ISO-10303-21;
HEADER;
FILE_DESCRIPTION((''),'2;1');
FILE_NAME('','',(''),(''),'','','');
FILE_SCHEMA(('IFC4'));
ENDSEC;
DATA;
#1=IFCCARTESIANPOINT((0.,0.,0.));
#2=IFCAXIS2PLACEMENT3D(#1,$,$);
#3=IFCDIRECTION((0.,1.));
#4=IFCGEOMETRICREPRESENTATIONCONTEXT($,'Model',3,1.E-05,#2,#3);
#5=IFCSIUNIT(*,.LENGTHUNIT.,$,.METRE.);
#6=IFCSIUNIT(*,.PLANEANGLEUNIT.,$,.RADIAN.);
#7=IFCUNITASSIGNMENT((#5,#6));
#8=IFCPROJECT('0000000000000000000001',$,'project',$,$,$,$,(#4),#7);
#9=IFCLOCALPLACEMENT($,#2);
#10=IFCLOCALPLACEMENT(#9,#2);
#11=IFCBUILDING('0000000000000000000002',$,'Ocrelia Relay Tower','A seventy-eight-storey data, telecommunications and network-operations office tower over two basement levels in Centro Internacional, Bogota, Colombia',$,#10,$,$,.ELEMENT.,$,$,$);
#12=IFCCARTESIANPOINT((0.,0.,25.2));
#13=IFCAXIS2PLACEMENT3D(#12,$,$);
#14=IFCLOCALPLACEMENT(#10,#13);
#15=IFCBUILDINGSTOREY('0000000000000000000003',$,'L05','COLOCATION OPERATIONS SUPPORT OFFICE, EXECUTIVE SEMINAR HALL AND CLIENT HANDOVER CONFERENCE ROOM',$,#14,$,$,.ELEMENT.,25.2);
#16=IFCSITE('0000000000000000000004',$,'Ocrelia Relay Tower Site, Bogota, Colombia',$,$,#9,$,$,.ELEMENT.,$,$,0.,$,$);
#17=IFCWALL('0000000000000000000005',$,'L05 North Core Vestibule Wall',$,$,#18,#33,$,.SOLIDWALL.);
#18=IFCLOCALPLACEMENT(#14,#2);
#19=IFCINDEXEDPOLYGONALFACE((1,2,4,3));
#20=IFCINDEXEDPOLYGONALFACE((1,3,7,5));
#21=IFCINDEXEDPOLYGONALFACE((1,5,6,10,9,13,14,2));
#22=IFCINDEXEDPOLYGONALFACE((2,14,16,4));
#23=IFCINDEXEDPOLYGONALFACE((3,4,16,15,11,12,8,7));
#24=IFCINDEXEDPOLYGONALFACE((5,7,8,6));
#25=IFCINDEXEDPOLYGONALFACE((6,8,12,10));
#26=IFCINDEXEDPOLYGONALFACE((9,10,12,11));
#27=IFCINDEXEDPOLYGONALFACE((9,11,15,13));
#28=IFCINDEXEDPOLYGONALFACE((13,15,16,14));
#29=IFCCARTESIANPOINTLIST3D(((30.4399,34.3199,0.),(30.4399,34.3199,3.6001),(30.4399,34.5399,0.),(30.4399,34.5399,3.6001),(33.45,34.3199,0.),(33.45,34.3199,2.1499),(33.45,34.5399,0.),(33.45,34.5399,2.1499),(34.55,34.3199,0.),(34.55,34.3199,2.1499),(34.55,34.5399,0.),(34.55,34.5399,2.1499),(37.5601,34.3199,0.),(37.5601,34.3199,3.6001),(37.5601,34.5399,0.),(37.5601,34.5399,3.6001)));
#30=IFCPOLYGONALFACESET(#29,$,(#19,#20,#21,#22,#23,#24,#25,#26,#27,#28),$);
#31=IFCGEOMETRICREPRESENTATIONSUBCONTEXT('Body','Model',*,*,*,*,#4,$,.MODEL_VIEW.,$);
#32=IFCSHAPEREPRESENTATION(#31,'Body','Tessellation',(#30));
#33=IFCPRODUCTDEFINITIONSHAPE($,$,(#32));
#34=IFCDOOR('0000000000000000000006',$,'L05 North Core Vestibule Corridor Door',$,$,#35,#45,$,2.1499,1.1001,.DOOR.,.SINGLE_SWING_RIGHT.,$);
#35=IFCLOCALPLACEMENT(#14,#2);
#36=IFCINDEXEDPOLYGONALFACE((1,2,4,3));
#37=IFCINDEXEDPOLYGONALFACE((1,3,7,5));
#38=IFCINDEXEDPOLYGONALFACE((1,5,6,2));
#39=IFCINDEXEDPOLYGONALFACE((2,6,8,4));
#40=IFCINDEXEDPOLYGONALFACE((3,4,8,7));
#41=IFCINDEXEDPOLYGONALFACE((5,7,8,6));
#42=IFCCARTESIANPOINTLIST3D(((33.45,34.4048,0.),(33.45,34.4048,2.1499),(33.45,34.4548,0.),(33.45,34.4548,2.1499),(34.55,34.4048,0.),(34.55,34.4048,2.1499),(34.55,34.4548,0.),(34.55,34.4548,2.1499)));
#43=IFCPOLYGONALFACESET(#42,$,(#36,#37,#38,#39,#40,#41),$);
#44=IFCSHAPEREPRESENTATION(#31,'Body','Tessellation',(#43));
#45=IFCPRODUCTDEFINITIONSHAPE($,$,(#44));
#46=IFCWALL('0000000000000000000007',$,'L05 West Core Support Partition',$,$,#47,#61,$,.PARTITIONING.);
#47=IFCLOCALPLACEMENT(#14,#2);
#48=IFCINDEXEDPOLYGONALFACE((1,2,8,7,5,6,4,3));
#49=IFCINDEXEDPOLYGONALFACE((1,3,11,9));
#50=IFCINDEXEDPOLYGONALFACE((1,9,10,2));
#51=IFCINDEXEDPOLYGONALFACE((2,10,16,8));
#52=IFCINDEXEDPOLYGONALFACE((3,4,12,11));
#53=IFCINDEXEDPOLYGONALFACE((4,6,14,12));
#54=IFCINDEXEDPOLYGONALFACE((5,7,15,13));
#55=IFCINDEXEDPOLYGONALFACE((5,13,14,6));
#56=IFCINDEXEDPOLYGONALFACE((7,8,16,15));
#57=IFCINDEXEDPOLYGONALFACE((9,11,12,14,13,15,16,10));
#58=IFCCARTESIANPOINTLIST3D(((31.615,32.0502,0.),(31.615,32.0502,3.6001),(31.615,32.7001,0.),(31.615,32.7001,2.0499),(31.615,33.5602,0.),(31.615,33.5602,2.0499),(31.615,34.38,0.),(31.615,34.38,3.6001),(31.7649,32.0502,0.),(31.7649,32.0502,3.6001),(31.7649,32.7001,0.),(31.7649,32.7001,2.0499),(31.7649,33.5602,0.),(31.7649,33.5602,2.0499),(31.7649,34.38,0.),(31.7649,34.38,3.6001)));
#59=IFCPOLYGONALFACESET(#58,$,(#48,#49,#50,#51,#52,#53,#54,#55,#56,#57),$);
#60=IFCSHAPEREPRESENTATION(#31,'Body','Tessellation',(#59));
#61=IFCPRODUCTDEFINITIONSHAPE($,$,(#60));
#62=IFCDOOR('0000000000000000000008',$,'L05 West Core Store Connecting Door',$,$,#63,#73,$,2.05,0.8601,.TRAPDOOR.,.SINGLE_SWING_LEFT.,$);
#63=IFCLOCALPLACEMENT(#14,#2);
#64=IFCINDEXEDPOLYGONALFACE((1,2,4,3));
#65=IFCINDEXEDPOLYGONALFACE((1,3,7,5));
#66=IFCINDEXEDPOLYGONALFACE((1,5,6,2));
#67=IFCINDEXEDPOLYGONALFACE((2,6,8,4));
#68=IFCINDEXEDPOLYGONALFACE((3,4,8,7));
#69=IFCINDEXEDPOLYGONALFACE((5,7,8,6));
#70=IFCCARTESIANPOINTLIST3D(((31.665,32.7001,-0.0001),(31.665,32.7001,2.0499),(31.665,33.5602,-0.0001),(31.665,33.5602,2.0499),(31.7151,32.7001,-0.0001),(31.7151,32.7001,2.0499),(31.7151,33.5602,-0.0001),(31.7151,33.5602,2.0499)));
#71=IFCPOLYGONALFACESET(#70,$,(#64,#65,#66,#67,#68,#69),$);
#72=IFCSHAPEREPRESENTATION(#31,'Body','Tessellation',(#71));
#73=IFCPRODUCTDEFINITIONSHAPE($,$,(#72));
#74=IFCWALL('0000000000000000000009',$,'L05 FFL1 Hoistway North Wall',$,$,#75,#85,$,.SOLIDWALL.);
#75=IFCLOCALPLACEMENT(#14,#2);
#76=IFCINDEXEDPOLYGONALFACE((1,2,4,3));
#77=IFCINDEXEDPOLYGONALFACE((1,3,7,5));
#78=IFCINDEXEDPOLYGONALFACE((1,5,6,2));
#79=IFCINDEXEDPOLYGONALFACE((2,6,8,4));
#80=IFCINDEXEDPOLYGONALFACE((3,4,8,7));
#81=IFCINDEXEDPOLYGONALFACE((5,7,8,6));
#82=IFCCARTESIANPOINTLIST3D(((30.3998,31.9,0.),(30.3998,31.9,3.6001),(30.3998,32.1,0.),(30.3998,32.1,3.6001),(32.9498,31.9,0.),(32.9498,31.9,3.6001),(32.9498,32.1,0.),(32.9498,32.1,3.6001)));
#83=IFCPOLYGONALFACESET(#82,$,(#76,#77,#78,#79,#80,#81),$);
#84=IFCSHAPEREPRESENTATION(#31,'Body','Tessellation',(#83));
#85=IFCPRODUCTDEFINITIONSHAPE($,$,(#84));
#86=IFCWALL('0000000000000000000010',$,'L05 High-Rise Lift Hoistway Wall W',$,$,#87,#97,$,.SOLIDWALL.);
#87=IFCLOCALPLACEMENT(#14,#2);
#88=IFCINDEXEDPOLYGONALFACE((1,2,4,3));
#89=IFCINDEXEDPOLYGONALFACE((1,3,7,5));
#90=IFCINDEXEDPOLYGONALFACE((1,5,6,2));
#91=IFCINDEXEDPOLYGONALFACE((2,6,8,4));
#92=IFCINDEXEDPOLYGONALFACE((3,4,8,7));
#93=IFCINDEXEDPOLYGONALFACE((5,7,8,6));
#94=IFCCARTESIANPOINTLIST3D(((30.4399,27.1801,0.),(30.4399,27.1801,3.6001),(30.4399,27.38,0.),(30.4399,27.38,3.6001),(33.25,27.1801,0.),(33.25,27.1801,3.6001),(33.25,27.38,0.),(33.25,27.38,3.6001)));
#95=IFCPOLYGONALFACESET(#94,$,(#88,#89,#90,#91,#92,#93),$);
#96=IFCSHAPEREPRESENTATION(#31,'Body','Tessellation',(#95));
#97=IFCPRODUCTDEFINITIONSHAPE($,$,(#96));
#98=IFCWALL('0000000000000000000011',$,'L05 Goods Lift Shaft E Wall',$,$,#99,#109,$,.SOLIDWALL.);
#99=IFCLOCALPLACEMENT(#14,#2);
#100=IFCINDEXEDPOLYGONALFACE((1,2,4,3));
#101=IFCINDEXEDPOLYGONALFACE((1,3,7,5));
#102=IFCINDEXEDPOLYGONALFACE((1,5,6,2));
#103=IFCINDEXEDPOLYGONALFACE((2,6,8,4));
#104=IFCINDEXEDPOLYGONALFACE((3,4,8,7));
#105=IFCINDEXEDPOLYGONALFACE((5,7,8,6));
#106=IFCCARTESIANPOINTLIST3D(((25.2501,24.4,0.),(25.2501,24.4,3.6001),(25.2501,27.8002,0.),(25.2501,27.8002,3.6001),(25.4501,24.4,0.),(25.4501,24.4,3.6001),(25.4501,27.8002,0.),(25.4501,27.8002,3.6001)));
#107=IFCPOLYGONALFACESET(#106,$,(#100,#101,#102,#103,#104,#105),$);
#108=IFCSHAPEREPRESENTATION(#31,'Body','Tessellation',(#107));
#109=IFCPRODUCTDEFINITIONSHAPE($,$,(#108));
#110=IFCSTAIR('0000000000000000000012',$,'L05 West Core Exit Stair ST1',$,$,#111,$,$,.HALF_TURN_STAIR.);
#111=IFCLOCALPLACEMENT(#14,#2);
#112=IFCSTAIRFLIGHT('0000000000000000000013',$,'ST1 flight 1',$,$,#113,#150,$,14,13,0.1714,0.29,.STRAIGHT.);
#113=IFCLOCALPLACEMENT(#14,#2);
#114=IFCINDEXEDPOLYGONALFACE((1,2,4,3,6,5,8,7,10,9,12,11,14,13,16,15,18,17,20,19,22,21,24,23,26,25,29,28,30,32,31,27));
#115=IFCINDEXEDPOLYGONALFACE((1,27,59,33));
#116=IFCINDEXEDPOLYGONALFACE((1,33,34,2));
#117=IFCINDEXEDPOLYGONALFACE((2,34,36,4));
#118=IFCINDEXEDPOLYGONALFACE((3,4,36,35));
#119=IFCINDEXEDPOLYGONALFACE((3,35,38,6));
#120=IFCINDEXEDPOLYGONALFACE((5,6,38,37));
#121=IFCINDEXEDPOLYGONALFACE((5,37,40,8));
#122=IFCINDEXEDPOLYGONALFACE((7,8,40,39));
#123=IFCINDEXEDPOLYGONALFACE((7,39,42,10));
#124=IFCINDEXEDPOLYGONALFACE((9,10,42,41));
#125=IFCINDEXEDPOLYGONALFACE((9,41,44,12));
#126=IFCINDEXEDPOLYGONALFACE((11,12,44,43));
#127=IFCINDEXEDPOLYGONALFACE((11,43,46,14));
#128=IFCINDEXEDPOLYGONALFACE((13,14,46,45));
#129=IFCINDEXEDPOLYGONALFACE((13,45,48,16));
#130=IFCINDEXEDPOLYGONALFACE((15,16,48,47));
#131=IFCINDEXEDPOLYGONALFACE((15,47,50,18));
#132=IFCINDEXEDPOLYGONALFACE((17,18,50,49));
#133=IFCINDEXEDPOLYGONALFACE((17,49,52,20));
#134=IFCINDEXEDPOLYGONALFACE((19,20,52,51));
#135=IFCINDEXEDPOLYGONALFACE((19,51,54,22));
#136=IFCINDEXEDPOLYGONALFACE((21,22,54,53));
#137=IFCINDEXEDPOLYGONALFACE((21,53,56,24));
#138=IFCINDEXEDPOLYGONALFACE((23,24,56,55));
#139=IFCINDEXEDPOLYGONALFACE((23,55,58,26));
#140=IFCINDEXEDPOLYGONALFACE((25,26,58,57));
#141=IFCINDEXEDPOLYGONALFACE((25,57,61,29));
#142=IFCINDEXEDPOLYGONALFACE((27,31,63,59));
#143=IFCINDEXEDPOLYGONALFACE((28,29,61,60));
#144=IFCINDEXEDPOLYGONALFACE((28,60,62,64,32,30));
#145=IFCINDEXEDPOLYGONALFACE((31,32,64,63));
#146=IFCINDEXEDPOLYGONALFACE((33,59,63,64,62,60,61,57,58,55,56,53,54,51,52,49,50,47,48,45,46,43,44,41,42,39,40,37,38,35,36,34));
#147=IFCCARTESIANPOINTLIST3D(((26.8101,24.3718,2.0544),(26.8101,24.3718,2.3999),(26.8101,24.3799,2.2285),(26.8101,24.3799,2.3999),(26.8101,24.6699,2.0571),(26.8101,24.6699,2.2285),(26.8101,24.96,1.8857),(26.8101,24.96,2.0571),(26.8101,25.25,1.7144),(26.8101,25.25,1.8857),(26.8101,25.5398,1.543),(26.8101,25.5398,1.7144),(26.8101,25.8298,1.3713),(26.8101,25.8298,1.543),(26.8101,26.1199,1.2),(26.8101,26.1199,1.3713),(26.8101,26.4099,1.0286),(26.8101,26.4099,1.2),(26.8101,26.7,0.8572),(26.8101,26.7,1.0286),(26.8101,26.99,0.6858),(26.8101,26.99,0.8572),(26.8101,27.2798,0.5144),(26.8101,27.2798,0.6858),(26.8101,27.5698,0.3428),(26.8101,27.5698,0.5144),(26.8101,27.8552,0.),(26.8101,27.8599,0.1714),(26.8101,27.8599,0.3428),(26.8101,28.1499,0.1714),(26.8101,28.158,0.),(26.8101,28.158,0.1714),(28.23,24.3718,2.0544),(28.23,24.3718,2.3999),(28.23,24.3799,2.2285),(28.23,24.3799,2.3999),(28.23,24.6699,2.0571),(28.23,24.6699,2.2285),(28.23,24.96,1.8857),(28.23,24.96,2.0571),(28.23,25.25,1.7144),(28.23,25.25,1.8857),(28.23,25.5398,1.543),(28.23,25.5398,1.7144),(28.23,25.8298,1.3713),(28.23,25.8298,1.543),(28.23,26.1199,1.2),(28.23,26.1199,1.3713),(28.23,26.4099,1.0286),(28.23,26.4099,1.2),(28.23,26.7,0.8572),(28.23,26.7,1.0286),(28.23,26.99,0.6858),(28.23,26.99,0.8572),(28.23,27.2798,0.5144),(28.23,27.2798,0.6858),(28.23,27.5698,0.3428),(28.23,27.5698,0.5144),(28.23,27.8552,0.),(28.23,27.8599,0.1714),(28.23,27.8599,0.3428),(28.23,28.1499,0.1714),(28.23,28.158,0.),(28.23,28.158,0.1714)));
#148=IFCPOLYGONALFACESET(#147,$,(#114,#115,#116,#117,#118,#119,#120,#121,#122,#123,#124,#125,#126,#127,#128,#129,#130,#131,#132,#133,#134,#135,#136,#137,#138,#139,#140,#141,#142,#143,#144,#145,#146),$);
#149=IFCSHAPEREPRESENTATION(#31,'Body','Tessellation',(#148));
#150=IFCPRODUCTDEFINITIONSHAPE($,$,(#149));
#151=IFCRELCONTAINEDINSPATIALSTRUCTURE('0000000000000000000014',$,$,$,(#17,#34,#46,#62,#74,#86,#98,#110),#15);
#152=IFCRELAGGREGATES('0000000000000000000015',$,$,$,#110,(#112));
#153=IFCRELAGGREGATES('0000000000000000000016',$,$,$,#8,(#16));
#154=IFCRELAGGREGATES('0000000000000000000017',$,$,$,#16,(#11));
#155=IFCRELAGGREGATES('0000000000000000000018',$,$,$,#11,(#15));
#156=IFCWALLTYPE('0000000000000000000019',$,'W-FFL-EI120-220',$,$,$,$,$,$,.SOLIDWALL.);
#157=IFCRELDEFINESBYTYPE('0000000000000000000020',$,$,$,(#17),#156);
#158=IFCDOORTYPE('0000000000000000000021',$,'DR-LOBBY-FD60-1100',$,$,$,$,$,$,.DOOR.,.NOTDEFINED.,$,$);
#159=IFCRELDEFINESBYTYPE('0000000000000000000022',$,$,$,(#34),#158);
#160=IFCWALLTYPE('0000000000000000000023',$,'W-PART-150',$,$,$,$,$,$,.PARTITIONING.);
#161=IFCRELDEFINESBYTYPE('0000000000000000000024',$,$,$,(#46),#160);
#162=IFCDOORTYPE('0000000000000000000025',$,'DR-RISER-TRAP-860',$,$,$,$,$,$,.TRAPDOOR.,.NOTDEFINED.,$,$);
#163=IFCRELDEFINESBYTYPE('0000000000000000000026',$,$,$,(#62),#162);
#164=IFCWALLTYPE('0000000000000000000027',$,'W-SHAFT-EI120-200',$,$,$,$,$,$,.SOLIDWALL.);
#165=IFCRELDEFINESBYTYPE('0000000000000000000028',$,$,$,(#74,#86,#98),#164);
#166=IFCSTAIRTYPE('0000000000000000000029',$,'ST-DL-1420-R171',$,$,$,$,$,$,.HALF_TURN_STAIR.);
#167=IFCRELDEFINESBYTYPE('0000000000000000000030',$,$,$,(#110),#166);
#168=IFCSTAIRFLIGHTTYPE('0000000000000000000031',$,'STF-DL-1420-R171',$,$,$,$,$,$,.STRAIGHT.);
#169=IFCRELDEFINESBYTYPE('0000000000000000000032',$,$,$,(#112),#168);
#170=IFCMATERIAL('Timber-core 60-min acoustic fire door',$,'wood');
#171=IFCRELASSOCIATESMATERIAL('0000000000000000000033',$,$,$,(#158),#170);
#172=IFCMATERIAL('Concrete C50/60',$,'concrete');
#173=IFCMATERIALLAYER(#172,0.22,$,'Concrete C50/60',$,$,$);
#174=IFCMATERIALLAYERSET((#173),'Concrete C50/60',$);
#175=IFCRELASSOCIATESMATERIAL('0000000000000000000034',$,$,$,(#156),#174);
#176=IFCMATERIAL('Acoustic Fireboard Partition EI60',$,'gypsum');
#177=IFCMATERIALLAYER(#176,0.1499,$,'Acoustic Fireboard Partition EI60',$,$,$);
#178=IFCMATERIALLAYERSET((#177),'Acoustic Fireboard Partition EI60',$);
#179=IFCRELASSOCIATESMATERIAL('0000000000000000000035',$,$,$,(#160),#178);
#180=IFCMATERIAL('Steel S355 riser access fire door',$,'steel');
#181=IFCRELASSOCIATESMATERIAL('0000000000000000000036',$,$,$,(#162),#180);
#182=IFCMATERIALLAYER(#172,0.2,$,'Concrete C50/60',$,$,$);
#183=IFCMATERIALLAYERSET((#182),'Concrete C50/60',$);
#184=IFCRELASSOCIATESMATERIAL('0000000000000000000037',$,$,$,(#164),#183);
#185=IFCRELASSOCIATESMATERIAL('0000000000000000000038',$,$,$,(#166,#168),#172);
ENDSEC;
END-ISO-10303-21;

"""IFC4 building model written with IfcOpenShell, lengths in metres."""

from ifc_helpers import new_model, si_unit, direction, frame, frame_2d, origin, place, context, subcontext, project, spatial, polyline, rectangle, outline, extrude, material, layer, layer_set, type_object, element, fill, aggregate, save


model = new_model("IFC4")

# Units and contexts
model_context = context("Model", 3, precision=1e-05, world=origin(), true_north=direction((0.0, 1.0)))
body_context = subcontext(model_context, "Body", "Model", "MODEL_VIEW")
ifc_project = project(units=[si_unit("LENGTHUNIT", "METRE"), si_unit("PLANEANGLEUNIT", "RADIAN")], contexts=[model_context])

# Site, building, storey
site_placement = place(None, origin())
site = spatial("IfcSite", under=ifc_project, at=site_placement, Name="Ocrelia Relay Tower Site, Bogota, Colombia", CompositionType="ELEMENT", RefElevation=0.0)
building_placement = place(site_placement, origin())
building = spatial("IfcBuilding", under=site, at=building_placement, Name="Ocrelia Relay Tower", Description="A seventy-eight-storey data, telecommunications and network-operations office tower over two basement levels in Centro Internacional, Bogota, Colombia", CompositionType="ELEMENT")
storey_placement = place(building_placement, frame((0.0, 0.0, 25.2)))
storey = spatial("IfcBuildingStorey", under=building, at=storey_placement, Name="L05", Description="COLOCATION OPERATIONS SUPPORT OFFICE, EXECUTIVE SEMINAR HALL AND CLIENT HANDOVER CONFERENCE ROOM", CompositionType="ELEMENT", Elevation=25.2)

# Shared definitions
ifc_material_1 = material(Name="Timber-core 60-min acoustic fire door", Category="wood")
door_type_1 = type_object("IfcDoorType", Name="DR-LOBBY-FD60-1100", OperationType="NOTDEFINED", PredefinedType="DOOR", material=ifc_material_1)

# Shared definitions
ifc_material_2 = material(Name="Concrete C50/60", Category="concrete")
ifc_layer_1 = layer(ifc_material_2, 0.22, Name="Concrete C50/60")
ifc_layer_set_1 = layer_set([ifc_layer_1], Name="Concrete C50/60")
wall_type_1 = type_object("IfcWallType", Name="W-FFL-EI120-220", PredefinedType="SOLIDWALL", material=ifc_layer_set_1)

# Walls, openings, doors
wall_1_placement = place(storey_placement, frame((30.4399, 34.4299, 0.0), z_axis=(0.0, 0.0, 1.0), x_axis=(1.0, 0.0, 0.0)))
wall_1 = element("IfcWall", 1, at=wall_1_placement, inside=storey, type_object=wall_type_1, Name="L05 North Core Vestibule Wall", PredefinedType="SOLIDWALL", context=body_context, shape_type="SweptSolid", body=[
    extrude(rectangle(XDim=7.1201, YDim=0.22, at=frame_2d((3.5601, 0.0))), origin(), (0.0, 0.0, 1.0), 3.6001),
])
opening_1_placement = place(wall_1_placement, frame((3.01, 0.0, 0.0)))
opening_1 = element("IfcOpeningElement", 2, at=opening_1_placement, cuts=wall_1, PredefinedType="OPENING", context=body_context, shape_type="SweptSolid", body=[
    extrude(rectangle(XDim=1.1001, YDim=2.1499, at=frame_2d((0.55, 1.075))), frame((0.0, 0.1201, 0.0), z_axis=(0.0, -1.0, 0.0), x_axis=(1.0, 0.0, 0.0)), (0.0, 0.0, 1.0), 0.24),
])
door_1_placement = place(opening_1_placement, origin())
door_1 = element("IfcDoor", 3, at=door_1_placement, inside=storey, type_object=door_type_1, Name="L05 North Core Vestibule Corridor Door", OperationType="SINGLE_SWING_RIGHT", OverallHeight=2.1499, OverallWidth=1.1001, PredefinedType="DOOR", context=body_context, shape_type="SweptSolid", body=[
    extrude(rectangle(XDim=1.1001, YDim=2.1499, at=frame_2d((0.55, 1.075))), frame((0.0, 0.0249, 0.0), z_axis=(0.0, -1.0, 0.0), x_axis=(1.0, 0.0, 0.0)), (0.0, 0.0, 1.0), 0.05),
])
fill(opening_1, door_1)
ifc_material_3 = material(Name="Acoustic Fireboard Partition EI60", Category="gypsum")
ifc_layer_2 = layer(ifc_material_3, 0.1499, Name="Acoustic Fireboard Partition EI60")
ifc_layer_set_2 = layer_set([ifc_layer_2], Name="Acoustic Fireboard Partition EI60")
wall_type_2 = type_object("IfcWallType", Name="W-PART-150", PredefinedType="PARTITIONING", material=ifc_layer_set_2)
wall_2_placement = place(storey_placement, frame((31.6899, 32.05, 0.0), z_axis=(0.0, 0.0, 1.0), x_axis=(0.0, 1.0, 0.0)))
wall_2 = element("IfcWall", 4, at=wall_2_placement, inside=storey, type_object=wall_type_2, Name="L05 West Core Support Partition", PredefinedType="PARTITIONING", context=body_context, shape_type="SweptSolid", body=[
    extrude(rectangle(XDim=2.3298, YDim=0.1499, at=frame_2d((1.165, 0.0))), origin(), (0.0, 0.0, 1.0), 3.6001),
])
opening_2_placement = place(wall_2_placement, frame((0.6499, 0.0, 0.0)))
opening_2 = element("IfcOpeningElement", 5, at=opening_2_placement, cuts=wall_2, PredefinedType="OPENING", context=body_context, shape_type="SweptSolid", body=[
    extrude(rectangle(XDim=0.8601, YDim=2.05, at=frame_2d((0.4302, 1.0249))), frame((0.0, 0.085, 0.0), z_axis=(0.0, -1.0, 0.0), x_axis=(1.0, 0.0, 0.0)), (0.0, 0.0, 1.0), 0.1699),
])
ifc_material_4 = material(Name="Steel S355 riser access fire door", Category="steel")
door_type_2 = type_object("IfcDoorType", Name="DR-RISER-TRAP-860", OperationType="NOTDEFINED", PredefinedType="TRAPDOOR", material=ifc_material_4)
door_2_placement = place(opening_2_placement, origin())
door_2 = element("IfcDoor", 6, at=door_2_placement, inside=storey, type_object=door_type_2, Name="L05 West Core Store Connecting Door", OperationType="SINGLE_SWING_LEFT", OverallHeight=2.05, OverallWidth=0.8601, PredefinedType="TRAPDOOR", context=body_context, shape_type="SweptSolid", body=[
    extrude(rectangle(XDim=0.8601, YDim=2.05, at=frame_2d((0.4302, 1.0249))), frame((0.0, 0.0249, 0.0), z_axis=(0.0, -1.0, 0.0), x_axis=(1.0, 0.0, 0.0)), (0.0, 0.0, 1.0), 0.05),
])
fill(opening_2, door_2)

# Walls
ifc_layer_3 = layer(ifc_material_2, 0.2, Name="Concrete C50/60")
ifc_layer_set_3 = layer_set([ifc_layer_3], Name="Concrete C50/60")
wall_type_3 = type_object("IfcWallType", Name="W-SHAFT-EI120-200", PredefinedType="SOLIDWALL", material=ifc_layer_set_3)
wall_3_placement = place(storey_placement, frame((30.3999, 32.0, 0.0), z_axis=(0.0, 0.0, 1.0), x_axis=(1.0, 0.0, 0.0)))
element("IfcWall", 7, at=wall_3_placement, inside=storey, type_object=wall_type_3, Name="L05 FFL1 Hoistway North Wall", PredefinedType="SOLIDWALL", context=body_context, shape_type="SweptSolid", body=[
    extrude(rectangle(XDim=2.55, YDim=0.2, at=frame_2d((1.2749, 0.0))), origin(), (0.0, 0.0, 1.0), 3.6001),
])
wall_4_placement = place(storey_placement, frame((30.4399, 27.28, 0.0), z_axis=(0.0, 0.0, 1.0), x_axis=(1.0, 0.0, 0.0)))
element("IfcWall", 8, at=wall_4_placement, inside=storey, type_object=wall_type_3, Name="L05 High-Rise Lift Hoistway Wall W", PredefinedType="SOLIDWALL", context=body_context, shape_type="SweptSolid", body=[
    extrude(rectangle(XDim=2.8101, YDim=0.2, at=frame_2d((1.405, 0.0))), origin(), (0.0, 0.0, 1.0), 3.6001),
])
wall_5_placement = place(storey_placement, frame((25.3501, 24.3999, 0.0), z_axis=(0.0, 0.0, 1.0), x_axis=(0.0, 1.0, 0.0)))
element("IfcWall", 9, at=wall_5_placement, inside=storey, type_object=wall_type_3, Name="L05 Goods Lift Shaft E Wall", PredefinedType="SOLIDWALL", context=body_context, shape_type="SweptSolid", body=[
    extrude(rectangle(XDim=3.4001, YDim=0.2, at=frame_2d((1.7002, 0.0))), origin(), (0.0, 0.0, 1.0), 3.6001),
])

# Stair, stair flight
stair_type = type_object("IfcStairType", Name="ST-DL-1420-R171", PredefinedType="HALF_TURN_STAIR", material=ifc_material_2)
stair_placement = place(storey_placement, origin())
stair = element("IfcStair", 10, at=stair_placement, inside=storey, type_object=stair_type, Name="L05 West Core Exit Stair ST1", PredefinedType="HALF_TURN_STAIR")
stair_flight_type = type_object("IfcStairFlightType", Name="STF-DL-1420-R171", PredefinedType="STRAIGHT", material=ifc_material_2)
stair_flight_1_placement = place(storey_placement, frame((27.52, 28.1499, 0.0), z_axis=(0.0, 0.0, 1.0), x_axis=(0.0, -1.0, 0.0)))
stair_flight_1 = element("IfcStairFlight", 11, at=stair_flight_1_placement, type_object=stair_flight_type, Name="ST1 flight 1", NumberOfRisers=14, NumberOfTreads=13, PredefinedType="STRAIGHT", RiserHeight=0.1714, TreadLength=0.29, context=body_context, shape_type="SweptSolid", body=[
    extrude(outline(polyline([(-0.0081, 0.0), (-0.0081, 0.1714), (0.0, 0.1714), (0.29, 0.1714), (0.29, 0.3428), (0.5801, 0.3428), (0.5801, 0.5144), (0.8701, 0.5144), (0.8701, 0.6858), (1.1599, 0.6858), (1.1599, 0.8572), (1.45, 0.8572), (1.45, 1.0286), (1.74, 1.0286), (1.74, 1.2), (2.03, 1.2), (2.03, 1.3713), (2.3201, 1.3713), (2.3201, 1.543), (2.6101, 1.543), (2.6101, 1.7144), (2.8999, 1.7144), (2.8999, 1.8857), (3.1899, 1.8857), (3.1899, 2.0571), (3.48, 2.0571), (3.48, 2.2285), (3.77, 2.2285), (3.77, 2.3999), (3.7781, 2.3999), (3.7781, 2.0544), (0.2947, 0.0), (-0.0081, 0.0)])), frame((0.0, 0.71, 0.0), z_axis=(0.0, -1.0, 0.0), x_axis=(1.0, 0.0, 0.0)), (0.0, 0.0, 1.0), 1.4199),
])
aggregate(stair, [stair_flight_1])

save(model, "model.ifc")
